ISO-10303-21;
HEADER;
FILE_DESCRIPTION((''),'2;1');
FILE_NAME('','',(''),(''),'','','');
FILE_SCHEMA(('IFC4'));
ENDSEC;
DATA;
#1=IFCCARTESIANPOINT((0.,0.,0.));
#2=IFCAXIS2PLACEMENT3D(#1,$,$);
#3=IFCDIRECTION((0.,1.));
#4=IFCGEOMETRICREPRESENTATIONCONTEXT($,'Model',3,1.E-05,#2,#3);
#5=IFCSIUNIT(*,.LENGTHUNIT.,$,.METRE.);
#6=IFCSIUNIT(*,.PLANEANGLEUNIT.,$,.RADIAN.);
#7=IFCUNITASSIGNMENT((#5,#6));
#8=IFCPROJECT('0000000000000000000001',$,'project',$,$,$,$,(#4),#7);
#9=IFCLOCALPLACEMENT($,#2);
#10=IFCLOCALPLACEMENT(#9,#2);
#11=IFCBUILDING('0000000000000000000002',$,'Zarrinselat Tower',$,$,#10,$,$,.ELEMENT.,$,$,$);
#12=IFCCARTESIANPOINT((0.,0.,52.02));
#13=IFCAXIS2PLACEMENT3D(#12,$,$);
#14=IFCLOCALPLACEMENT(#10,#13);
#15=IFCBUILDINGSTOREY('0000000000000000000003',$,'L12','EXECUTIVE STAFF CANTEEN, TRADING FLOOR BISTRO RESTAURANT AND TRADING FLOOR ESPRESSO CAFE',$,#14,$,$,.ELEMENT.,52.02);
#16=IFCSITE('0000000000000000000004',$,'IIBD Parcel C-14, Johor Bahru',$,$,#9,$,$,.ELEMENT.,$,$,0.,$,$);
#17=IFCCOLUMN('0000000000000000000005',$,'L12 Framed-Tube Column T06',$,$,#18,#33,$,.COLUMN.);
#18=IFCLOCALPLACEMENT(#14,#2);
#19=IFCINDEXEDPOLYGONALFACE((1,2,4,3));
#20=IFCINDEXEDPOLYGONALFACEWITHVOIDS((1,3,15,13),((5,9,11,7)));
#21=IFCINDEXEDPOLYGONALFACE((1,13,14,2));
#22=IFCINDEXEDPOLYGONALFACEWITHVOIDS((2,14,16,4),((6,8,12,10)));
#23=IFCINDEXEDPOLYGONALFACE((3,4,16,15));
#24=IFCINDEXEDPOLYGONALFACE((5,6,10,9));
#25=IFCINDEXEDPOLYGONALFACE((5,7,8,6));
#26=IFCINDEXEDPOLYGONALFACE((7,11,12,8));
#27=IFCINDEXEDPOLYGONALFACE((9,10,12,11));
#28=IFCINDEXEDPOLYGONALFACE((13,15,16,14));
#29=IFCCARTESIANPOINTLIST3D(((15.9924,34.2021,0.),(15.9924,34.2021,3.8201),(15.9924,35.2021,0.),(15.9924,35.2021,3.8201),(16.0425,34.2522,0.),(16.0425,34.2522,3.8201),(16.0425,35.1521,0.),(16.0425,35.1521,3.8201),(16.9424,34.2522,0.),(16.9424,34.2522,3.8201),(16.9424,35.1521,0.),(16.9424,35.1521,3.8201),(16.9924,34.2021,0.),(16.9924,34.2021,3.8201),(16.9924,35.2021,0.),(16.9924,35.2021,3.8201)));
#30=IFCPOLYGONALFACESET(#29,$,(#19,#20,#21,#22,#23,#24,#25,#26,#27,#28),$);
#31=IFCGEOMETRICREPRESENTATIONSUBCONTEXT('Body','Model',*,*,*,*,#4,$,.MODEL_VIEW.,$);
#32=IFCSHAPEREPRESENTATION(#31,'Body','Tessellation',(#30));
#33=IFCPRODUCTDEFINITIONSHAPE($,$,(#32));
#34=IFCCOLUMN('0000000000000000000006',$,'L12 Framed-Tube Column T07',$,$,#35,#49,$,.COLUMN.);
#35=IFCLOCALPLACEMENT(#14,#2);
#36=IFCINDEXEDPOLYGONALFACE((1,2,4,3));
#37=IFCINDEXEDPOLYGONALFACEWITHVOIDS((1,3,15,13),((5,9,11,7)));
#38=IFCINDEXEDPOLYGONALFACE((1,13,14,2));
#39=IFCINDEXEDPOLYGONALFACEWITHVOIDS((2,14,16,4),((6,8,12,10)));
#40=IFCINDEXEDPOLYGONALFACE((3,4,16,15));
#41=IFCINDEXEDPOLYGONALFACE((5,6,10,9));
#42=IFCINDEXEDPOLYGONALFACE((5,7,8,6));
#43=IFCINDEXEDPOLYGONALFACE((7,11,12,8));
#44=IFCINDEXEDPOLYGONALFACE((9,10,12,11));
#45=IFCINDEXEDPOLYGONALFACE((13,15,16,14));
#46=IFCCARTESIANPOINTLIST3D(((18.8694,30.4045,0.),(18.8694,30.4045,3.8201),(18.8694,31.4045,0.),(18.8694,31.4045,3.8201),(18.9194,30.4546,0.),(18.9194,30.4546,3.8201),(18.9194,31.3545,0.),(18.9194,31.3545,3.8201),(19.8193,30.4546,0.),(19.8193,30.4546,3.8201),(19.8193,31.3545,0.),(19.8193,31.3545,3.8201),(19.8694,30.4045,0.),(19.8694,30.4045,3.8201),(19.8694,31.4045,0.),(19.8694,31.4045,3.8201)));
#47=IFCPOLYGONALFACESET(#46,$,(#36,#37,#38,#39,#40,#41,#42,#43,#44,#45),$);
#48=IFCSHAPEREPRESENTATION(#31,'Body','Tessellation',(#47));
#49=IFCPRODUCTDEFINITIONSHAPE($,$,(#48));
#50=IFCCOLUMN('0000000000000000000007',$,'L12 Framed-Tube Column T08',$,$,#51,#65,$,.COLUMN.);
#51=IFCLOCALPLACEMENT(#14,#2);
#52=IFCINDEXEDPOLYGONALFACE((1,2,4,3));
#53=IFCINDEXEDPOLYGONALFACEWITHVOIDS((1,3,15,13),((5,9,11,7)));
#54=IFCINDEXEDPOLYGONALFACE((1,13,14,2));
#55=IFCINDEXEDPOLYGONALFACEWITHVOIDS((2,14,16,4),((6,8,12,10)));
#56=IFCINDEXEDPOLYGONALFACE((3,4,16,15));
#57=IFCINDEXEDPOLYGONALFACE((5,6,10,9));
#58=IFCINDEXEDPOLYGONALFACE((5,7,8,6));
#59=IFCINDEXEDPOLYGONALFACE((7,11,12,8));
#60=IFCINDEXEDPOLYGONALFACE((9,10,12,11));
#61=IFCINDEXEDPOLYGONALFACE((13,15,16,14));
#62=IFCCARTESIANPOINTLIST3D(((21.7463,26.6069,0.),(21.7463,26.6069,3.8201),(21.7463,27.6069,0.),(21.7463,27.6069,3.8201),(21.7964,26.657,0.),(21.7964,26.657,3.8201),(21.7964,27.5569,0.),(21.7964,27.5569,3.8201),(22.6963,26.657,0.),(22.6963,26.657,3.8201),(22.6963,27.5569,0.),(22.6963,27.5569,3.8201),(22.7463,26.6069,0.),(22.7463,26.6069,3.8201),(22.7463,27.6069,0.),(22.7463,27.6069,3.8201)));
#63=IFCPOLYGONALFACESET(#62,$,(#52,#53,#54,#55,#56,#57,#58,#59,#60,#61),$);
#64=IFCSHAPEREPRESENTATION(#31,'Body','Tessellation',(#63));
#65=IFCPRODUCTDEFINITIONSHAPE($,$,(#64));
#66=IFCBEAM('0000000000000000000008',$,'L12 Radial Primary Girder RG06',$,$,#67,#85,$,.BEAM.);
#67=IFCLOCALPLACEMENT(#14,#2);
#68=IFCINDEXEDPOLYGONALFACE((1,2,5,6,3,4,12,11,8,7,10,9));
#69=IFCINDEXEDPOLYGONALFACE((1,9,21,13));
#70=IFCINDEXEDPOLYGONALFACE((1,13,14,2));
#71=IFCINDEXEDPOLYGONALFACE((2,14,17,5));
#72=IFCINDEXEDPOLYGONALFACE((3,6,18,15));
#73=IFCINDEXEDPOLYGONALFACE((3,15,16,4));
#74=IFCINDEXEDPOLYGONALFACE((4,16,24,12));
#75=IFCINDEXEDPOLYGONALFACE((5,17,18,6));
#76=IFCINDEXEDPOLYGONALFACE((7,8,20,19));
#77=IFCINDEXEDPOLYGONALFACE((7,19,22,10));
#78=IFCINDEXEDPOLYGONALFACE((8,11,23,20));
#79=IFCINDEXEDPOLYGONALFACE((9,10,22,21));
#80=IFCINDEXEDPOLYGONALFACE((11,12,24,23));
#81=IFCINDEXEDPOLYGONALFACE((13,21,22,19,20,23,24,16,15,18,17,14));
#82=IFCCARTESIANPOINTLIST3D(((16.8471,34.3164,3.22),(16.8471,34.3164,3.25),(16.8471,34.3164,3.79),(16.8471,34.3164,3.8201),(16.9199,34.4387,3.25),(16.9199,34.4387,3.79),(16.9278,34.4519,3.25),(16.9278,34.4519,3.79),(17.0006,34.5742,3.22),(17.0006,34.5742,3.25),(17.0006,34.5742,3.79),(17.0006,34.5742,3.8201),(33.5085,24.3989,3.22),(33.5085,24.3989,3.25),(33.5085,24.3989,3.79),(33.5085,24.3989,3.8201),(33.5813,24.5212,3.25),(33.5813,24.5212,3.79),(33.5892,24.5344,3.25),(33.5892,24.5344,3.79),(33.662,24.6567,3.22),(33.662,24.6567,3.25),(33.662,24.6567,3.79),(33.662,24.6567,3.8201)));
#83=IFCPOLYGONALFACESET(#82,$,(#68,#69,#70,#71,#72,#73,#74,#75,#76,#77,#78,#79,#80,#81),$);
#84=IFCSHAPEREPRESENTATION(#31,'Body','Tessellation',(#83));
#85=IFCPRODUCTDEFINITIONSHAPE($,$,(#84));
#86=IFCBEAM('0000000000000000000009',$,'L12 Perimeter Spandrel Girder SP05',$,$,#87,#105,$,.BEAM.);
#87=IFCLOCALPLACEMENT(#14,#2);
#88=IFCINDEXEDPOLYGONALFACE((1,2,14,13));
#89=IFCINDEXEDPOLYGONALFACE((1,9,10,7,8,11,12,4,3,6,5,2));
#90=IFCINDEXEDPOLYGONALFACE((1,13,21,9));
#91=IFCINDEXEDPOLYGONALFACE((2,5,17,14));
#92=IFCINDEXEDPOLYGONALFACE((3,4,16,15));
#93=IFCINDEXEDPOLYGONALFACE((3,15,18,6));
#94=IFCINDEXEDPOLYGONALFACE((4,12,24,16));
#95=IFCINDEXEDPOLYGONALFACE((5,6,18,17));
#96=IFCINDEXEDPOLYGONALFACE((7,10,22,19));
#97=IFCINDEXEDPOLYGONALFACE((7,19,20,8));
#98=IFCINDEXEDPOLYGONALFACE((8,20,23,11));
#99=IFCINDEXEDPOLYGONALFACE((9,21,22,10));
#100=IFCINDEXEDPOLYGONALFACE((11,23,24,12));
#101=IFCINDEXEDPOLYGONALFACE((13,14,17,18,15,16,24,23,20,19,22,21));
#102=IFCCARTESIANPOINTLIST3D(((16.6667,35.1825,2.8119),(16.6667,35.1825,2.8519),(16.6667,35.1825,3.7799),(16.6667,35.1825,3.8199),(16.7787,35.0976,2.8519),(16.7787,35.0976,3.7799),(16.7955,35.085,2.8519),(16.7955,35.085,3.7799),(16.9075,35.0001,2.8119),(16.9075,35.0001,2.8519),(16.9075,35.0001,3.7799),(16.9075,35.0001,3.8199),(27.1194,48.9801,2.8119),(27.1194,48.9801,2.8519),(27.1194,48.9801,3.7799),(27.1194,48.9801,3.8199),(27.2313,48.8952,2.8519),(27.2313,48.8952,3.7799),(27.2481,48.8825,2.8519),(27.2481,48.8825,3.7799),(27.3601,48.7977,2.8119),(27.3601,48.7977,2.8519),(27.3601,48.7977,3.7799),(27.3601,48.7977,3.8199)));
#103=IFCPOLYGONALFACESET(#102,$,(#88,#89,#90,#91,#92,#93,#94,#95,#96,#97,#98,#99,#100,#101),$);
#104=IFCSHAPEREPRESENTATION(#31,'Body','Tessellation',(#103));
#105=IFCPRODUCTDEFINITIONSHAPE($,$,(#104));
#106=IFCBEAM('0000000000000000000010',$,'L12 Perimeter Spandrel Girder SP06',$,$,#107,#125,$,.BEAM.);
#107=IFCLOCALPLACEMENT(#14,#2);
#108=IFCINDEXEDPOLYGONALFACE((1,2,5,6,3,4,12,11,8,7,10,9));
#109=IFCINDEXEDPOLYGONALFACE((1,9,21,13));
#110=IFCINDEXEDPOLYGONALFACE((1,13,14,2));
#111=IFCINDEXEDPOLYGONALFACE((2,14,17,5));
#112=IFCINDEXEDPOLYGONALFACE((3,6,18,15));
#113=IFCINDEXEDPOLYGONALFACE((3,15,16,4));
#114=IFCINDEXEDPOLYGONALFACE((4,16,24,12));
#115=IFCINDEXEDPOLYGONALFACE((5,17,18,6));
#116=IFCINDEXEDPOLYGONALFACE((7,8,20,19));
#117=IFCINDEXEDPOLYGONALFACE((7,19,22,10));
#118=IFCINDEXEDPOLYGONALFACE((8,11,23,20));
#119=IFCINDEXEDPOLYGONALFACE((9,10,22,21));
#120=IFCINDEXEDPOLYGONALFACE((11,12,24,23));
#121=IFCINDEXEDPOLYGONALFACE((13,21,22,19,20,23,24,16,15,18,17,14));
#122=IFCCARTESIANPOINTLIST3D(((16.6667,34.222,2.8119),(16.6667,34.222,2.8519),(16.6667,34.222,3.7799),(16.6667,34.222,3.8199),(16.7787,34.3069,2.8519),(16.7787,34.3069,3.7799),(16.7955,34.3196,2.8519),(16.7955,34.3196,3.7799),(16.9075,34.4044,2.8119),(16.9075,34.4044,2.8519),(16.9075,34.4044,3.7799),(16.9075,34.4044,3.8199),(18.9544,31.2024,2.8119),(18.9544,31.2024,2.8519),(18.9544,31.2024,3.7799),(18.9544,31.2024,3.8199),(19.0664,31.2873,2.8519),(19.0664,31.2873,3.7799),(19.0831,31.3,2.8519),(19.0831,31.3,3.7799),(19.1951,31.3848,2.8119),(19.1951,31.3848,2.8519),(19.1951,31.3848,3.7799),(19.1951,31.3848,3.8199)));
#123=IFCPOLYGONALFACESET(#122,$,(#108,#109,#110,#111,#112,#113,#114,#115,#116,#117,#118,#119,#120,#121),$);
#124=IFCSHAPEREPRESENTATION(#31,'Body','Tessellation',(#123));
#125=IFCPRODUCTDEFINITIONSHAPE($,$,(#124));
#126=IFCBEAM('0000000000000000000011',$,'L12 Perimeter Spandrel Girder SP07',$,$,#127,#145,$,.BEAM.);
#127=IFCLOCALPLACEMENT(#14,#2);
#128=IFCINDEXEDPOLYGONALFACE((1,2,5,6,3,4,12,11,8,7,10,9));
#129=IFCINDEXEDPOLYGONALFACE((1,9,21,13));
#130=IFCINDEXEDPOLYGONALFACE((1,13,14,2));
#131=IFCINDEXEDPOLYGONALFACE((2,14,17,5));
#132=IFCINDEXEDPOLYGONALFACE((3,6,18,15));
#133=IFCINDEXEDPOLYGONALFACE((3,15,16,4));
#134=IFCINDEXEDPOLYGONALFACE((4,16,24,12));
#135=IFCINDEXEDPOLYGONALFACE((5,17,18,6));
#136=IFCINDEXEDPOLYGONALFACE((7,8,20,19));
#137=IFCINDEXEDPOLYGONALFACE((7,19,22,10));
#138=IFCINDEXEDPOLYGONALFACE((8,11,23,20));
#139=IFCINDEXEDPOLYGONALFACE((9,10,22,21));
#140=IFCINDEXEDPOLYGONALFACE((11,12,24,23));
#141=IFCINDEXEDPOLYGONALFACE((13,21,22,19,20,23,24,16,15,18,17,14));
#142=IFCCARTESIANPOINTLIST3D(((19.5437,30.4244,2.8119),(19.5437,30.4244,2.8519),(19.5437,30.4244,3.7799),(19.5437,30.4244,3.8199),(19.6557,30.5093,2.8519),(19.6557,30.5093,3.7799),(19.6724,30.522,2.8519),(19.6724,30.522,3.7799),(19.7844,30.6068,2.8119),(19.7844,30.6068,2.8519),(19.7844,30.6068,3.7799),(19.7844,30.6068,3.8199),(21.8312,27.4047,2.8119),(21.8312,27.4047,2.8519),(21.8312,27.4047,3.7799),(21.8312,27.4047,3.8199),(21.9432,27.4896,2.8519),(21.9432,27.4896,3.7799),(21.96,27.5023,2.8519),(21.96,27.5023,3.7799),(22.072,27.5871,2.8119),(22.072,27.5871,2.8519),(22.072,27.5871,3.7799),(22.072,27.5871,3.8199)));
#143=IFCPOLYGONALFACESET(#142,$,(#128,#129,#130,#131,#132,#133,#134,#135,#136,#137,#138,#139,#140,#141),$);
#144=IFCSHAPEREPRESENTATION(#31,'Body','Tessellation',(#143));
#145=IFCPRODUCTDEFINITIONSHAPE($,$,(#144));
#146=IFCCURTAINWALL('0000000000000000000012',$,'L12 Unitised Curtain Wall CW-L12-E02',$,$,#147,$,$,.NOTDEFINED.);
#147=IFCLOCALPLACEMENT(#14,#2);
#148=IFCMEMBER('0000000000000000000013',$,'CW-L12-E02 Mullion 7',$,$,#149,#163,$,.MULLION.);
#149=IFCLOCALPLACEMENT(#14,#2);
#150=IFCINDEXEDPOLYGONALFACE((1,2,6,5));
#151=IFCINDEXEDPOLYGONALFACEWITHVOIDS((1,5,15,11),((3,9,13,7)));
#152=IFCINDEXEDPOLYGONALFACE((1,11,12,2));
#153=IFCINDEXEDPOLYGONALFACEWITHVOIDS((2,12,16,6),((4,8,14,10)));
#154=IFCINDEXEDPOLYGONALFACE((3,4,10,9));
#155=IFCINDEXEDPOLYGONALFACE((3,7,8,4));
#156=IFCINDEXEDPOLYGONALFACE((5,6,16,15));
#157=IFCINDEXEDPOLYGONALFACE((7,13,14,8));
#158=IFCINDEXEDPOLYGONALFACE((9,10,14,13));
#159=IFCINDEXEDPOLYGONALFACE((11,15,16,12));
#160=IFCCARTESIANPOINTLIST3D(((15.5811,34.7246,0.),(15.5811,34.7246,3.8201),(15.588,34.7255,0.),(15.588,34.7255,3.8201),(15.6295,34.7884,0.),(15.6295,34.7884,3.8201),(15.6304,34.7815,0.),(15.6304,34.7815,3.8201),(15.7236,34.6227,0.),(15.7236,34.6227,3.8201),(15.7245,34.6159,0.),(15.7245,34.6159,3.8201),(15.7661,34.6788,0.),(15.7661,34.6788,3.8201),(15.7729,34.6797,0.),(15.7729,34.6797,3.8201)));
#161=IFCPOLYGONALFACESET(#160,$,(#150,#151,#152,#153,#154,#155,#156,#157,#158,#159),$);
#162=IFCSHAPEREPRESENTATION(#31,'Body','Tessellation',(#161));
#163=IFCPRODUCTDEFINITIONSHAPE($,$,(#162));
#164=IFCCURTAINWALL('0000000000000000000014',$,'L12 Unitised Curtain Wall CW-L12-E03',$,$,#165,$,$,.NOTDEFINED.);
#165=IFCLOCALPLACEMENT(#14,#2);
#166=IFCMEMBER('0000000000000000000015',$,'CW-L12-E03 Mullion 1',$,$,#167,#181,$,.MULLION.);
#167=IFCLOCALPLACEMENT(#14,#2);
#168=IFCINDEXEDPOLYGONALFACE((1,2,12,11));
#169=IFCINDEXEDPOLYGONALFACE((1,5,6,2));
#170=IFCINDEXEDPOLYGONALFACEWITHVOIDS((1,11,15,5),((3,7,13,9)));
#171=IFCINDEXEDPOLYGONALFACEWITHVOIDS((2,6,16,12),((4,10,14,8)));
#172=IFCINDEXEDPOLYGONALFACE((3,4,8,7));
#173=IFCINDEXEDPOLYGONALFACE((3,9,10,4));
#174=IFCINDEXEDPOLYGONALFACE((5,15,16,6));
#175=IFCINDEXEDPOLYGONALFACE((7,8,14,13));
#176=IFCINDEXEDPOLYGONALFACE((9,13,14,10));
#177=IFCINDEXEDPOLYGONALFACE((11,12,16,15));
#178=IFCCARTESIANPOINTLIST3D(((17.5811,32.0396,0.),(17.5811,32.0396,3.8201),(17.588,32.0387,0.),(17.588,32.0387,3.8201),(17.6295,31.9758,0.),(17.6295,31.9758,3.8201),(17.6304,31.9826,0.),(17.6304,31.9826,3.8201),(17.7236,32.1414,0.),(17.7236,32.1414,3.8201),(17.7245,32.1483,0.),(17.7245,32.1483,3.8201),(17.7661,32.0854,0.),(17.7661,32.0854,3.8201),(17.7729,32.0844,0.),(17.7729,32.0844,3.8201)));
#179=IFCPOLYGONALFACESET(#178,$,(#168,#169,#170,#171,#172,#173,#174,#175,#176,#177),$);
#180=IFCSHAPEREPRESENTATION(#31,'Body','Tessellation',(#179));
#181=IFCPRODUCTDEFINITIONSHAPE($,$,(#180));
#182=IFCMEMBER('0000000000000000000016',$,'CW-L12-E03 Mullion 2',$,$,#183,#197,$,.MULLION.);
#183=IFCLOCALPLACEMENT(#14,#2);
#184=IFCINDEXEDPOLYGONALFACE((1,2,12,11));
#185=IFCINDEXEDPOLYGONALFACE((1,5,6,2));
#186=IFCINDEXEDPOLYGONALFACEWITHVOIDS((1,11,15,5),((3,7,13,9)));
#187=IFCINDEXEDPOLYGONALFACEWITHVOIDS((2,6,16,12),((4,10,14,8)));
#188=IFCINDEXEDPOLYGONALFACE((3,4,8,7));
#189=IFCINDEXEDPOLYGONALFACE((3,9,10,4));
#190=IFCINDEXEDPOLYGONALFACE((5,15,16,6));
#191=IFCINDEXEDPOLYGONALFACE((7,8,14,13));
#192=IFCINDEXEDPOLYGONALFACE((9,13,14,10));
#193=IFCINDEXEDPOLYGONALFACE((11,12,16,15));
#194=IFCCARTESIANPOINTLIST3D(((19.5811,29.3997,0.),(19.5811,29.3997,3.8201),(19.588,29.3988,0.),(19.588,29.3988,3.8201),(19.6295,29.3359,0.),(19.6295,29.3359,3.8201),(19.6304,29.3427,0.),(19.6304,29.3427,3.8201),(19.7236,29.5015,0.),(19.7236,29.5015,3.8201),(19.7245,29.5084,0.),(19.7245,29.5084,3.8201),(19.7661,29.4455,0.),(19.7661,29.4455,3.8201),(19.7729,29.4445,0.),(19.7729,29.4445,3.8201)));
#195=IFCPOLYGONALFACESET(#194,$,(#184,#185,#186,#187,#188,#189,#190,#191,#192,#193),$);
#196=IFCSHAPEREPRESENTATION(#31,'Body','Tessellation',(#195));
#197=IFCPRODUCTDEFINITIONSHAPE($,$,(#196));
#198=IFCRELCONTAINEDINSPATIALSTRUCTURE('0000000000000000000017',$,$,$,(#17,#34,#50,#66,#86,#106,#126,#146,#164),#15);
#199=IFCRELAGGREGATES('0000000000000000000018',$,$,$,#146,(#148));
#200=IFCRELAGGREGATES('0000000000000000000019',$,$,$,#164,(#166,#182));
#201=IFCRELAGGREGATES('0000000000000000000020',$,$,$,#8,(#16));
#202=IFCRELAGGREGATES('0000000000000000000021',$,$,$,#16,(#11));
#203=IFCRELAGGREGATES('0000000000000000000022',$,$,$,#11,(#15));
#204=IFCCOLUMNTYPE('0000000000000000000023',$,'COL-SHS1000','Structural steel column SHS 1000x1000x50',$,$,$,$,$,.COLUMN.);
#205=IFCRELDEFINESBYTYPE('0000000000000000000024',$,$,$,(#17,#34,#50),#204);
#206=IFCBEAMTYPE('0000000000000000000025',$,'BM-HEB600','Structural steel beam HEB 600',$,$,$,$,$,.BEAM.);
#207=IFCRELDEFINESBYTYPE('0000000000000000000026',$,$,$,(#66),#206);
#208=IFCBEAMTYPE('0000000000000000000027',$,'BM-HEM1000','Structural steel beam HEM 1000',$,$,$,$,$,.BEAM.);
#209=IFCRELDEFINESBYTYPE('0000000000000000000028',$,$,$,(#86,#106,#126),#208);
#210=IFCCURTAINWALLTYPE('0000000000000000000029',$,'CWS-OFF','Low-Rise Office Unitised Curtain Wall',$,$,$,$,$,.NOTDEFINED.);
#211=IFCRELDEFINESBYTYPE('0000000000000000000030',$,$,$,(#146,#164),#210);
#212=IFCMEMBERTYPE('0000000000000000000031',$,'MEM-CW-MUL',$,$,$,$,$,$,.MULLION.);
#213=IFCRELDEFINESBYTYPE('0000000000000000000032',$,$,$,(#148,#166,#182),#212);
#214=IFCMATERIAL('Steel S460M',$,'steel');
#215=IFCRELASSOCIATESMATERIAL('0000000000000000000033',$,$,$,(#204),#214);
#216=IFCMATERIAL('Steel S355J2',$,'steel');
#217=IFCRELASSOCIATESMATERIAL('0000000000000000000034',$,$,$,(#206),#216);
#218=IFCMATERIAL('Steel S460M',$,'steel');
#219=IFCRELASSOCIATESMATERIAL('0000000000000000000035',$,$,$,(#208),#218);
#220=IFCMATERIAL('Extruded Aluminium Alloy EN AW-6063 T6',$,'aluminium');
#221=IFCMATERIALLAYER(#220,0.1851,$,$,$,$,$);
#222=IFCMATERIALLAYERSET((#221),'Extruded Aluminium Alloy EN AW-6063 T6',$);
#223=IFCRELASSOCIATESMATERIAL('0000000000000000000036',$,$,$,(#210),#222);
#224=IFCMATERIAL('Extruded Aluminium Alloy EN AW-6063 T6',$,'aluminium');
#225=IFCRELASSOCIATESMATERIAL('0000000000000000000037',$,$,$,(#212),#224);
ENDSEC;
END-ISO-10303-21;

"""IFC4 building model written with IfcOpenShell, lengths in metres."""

from ifc_helpers import new_model, si_unit, direction, frame, origin, origin_2d, place, context, subcontext, project, spatial, hollow_rectangle, i_section, extrude, material, layer, layer_set, material_profile, profile_set, type_object, element, aggregate, save


model = new_model("IFC4")

# Units and contexts
model_context = context("Model", 3, precision=1e-05, world=origin(), true_north=direction((0.0, 1.0)))
body_context = subcontext(model_context, "Body", "Model", "MODEL_VIEW")
ifc_project = project(units=[si_unit("LENGTHUNIT", "METRE"), si_unit("PLANEANGLEUNIT", "RADIAN")], contexts=[model_context])

# Site, building, storey
site_placement = place(None, origin())
site = spatial("IfcSite", under=ifc_project, at=site_placement, Name="IIBD Parcel C-14, Johor Bahru", CompositionType="ELEMENT", RefElevation=0.0)
building_placement = place(site_placement, origin())
building = spatial("IfcBuilding", under=site, at=building_placement, Name="Zarrinselat Tower", CompositionType="ELEMENT")
storey_placement = place(building_placement, frame((0.0, 0.0, 52.02)))
storey = spatial("IfcBuildingStorey", under=building, at=storey_placement, Name="L12", Description="EXECUTIVE STAFF CANTEEN, TRADING FLOOR BISTRO RESTAURANT AND TRADING FLOOR ESPRESSO CAFE", CompositionType="ELEMENT", Elevation=52.02)

# Columns
ifc_material_1 = material(Name="Steel S460M", Category="steel")
ifc_material_profile_1 = material_profile(ifc_material_1, hollow_rectangle(XDim=1.0, YDim=1.0, WallThickness=0.05, at=origin_2d()), Name="SHS 1000x1000x50")
ifc_profile_set_1 = profile_set([ifc_material_profile_1], Name="Steel S460M")
column_type = type_object("IfcColumnType", Name="COL-SHS1000", Description="Structural steel column SHS 1000x1000x50", PredefinedType="COLUMN", material=ifc_profile_set_1)
for number, where, z_axis, x_axis, name in (
    (1, (16.4924, 34.7021, 0.0), (0.0, 0.0, 1.0), (1.0, 0.0, 0.0), "L12 Framed-Tube Column T06"),
    (2, (19.3694, 30.9045, 0.0), (0.0, 0.0, 1.0), (1.0, 0.0, 0.0), "L12 Framed-Tube Column T07"),
    (3, (22.2463, 27.1069, 0.0), (0.0, 0.0, 1.0), (1.0, 0.0, 0.0), "L12 Framed-Tube Column T08"),
):
    element("IfcColumn", number, at=place(storey_placement, frame(where, z_axis=z_axis, x_axis=x_axis)), inside=storey, type_object=column_type, Name=name, PredefinedType="COLUMN", context=body_context, shape_type="SweptSolid", body=[
        extrude(hollow_rectangle(XDim=1.0, YDim=1.0, WallThickness=0.05, at=origin_2d()), origin(), (0.0, 0.0, 1.0), 3.8201),
    ])

# Beams
ifc_material_2 = material(Name="Steel S355J2", Category="steel")
ifc_material_profile_2 = material_profile(ifc_material_2, i_section(OverallWidth=0.3, OverallDepth=0.6001, WebThickness=0.0154, FlangeThickness=0.03, at=origin_2d()), Name="HEB 600")
ifc_profile_set_2 = profile_set([ifc_material_profile_2], Name="Steel S355J2")
beam_type_1 = type_object("IfcBeamType", Name="BM-HEB600", Description="Structural steel beam HEB 600", PredefinedType="BEAM", material=ifc_profile_set_2)
beam_1_placement = place(storey_placement, frame((16.9238, 34.4453, 3.52), z_axis=(0.859293, -0.511484, 0.0), x_axis=(0.511484, 0.859293, 0.0)))
element("IfcBeam", 4, at=beam_1_placement, inside=storey, type_object=beam_type_1, Name="L12 Radial Primary Girder RG06", PredefinedType="BEAM", context=body_context, shape_type="SweptSolid", body=[
    extrude(i_section(OverallWidth=0.3, OverallDepth=0.6001, WebThickness=0.0154, FlangeThickness=0.03, at=origin_2d()), origin(), (0.0, 0.0, 1.0), 19.3896),
])
ifc_material_3 = material(Name="Steel S460M", Category="steel")
ifc_material_profile_3 = material_profile(ifc_material_3, i_section(OverallWidth=0.302, OverallDepth=1.0081, WebThickness=0.021, FlangeThickness=0.04, at=origin_2d()), Name="HEM 1000")
ifc_profile_set_3 = profile_set([ifc_material_profile_3], Name="Steel S460M")
beam_type_2 = type_object("IfcBeamType", Name="BM-HEM1000", Description="Structural steel beam HEM 1000", PredefinedType="BEAM", material=ifc_profile_set_3)
beam_2_placement = place(storey_placement, frame((16.7871, 35.0913, 3.3159), z_axis=(0.603854, 0.797095, 0.0), x_axis=(-0.797095, 0.603854, 0.0)))
element("IfcBeam", 5, at=beam_2_placement, inside=storey, type_object=beam_type_2, Name="L12 Perimeter Spandrel Girder SP05", PredefinedType="BEAM", context=body_context, shape_type="SweptSolid", body=[
    extrude(i_section(OverallWidth=0.302, OverallDepth=1.0081, WebThickness=0.021, FlangeThickness=0.04, at=origin_2d()), origin(), (0.0, 0.0, 1.0), 17.3098),
])
for number, where, z_axis, x_axis, name in (
    (6, (16.7871, 34.3132, 3.3159), (0.60387, -0.797083, 0.0), (0.797083, 0.60387, 0.0), "L12 Perimeter Spandrel Girder SP06"),
    (7, (19.6641, 30.5156, 3.3159), (0.603839, -0.797106, 0.0), (0.797106, 0.603839, 0.0), "L12 Perimeter Spandrel Girder SP07"),
):
    element("IfcBeam", number, at=place(storey_placement, frame(where, z_axis=z_axis, x_axis=x_axis)), inside=storey, type_object=beam_type_2, Name=name, PredefinedType="BEAM", context=body_context, shape_type="SweptSolid", body=[
        extrude(i_section(OverallWidth=0.302, OverallDepth=1.0081, WebThickness=0.021, FlangeThickness=0.04, at=origin_2d()), origin(), (0.0, 0.0, 1.0), 3.7883),
    ])

# Curtain wall, member
ifc_material_4 = material(Name="Extruded Aluminium Alloy EN AW-6063 T6", Category="aluminium")
ifc_layer_1 = layer(ifc_material_4, 0.1851)
ifc_layer_set_1 = layer_set([ifc_layer_1], Name="Extruded Aluminium Alloy EN AW-6063 T6")
curtain_wall_type = type_object("IfcCurtainWallType", Name="CWS-OFF", Description="Low-Rise Office Unitised Curtain Wall", PredefinedType="NOTDEFINED", material=ifc_layer_set_1)
curtain_wall_1_placement = place(storey_placement, origin())
curtain_wall_1 = element("IfcCurtainWall", 8, at=curtain_wall_1_placement, inside=storey, type_object=curtain_wall_type, Name="L12 Unitised Curtain Wall CW-L12-E02", PredefinedType="NOTDEFINED")
ifc_material_5 = material(Name="Extruded Aluminium Alloy EN AW-6063 T6", Category="aluminium")
ifc_material_profile_4 = material_profile(ifc_material_5, hollow_rectangle(XDim=0.0801, YDim=0.1799, WallThickness=0.0049, at=origin_2d()), Name="RHS 180x80x5")
ifc_profile_set_4 = profile_set([ifc_material_profile_4], Name="Extruded Aluminium Alloy EN AW-6063 T6")
member_type_1 = type_object("IfcMemberType", Name="MEM-CW-MUL", PredefinedType="MULLION", material=ifc_profile_set_4)
member_1_placement = place(storey_placement, frame((15.677, 34.7021, 0.0), z_axis=(0.0, 0.0, 1.0), x_axis=(-0.60386, -0.797091, 0.0)))
member_1 = element("IfcMember", 9, at=member_1_placement, type_object=member_type_1, Name="CW-L12-E02 Mullion 7", PredefinedType="MULLION", context=body_context, shape_type="SweptSolid", body=[
    extrude(hollow_rectangle(XDim=0.0801, YDim=0.1799, WallThickness=0.0049, at=origin_2d()), origin(), (0.0, 0.0, 1.0), 3.8201),
])
aggregate(curtain_wall_1, [member_1])

# Curtain wall, members
curtain_wall_2_placement = place(storey_placement, origin())
curtain_wall_2 = element("IfcCurtainWall", 10, at=curtain_wall_2_placement, inside=storey, type_object=curtain_wall_type, Name="L12 Unitised Curtain Wall CW-L12-E03", PredefinedType="NOTDEFINED")
member_2_placement = place(storey_placement, frame((17.677, 32.062, 0.0), z_axis=(0.0, 0.0, 1.0), x_axis=(0.603862, -0.797089, 0.0)))
member_2 = element("IfcMember", 11, at=member_2_placement, type_object=member_type_1, Name="CW-L12-E03 Mullion 1", PredefinedType="MULLION", context=body_context, shape_type="SweptSolid", body=[
    extrude(hollow_rectangle(XDim=0.0801, YDim=0.1799, WallThickness=0.0049, at=origin_2d()), origin(), (0.0, 0.0, 1.0), 3.8201),
])
member_3_placement = place(storey_placement, frame((19.677, 29.4221, 0.0), z_axis=(0.0, 0.0, 1.0), x_axis=(0.603862, -0.797089, 0.0)))
member_3 = element("IfcMember", 12, at=member_3_placement, type_object=member_type_1, Name="CW-L12-E03 Mullion 2", PredefinedType="MULLION", context=body_context, shape_type="SweptSolid", body=[
    extrude(hollow_rectangle(XDim=0.0801, YDim=0.1799, WallThickness=0.0049, at=origin_2d()), origin(), (0.0, 0.0, 1.0), 3.8201),
])
aggregate(curtain_wall_2, [member_2, member_3])

save(model, "model.ifc")
